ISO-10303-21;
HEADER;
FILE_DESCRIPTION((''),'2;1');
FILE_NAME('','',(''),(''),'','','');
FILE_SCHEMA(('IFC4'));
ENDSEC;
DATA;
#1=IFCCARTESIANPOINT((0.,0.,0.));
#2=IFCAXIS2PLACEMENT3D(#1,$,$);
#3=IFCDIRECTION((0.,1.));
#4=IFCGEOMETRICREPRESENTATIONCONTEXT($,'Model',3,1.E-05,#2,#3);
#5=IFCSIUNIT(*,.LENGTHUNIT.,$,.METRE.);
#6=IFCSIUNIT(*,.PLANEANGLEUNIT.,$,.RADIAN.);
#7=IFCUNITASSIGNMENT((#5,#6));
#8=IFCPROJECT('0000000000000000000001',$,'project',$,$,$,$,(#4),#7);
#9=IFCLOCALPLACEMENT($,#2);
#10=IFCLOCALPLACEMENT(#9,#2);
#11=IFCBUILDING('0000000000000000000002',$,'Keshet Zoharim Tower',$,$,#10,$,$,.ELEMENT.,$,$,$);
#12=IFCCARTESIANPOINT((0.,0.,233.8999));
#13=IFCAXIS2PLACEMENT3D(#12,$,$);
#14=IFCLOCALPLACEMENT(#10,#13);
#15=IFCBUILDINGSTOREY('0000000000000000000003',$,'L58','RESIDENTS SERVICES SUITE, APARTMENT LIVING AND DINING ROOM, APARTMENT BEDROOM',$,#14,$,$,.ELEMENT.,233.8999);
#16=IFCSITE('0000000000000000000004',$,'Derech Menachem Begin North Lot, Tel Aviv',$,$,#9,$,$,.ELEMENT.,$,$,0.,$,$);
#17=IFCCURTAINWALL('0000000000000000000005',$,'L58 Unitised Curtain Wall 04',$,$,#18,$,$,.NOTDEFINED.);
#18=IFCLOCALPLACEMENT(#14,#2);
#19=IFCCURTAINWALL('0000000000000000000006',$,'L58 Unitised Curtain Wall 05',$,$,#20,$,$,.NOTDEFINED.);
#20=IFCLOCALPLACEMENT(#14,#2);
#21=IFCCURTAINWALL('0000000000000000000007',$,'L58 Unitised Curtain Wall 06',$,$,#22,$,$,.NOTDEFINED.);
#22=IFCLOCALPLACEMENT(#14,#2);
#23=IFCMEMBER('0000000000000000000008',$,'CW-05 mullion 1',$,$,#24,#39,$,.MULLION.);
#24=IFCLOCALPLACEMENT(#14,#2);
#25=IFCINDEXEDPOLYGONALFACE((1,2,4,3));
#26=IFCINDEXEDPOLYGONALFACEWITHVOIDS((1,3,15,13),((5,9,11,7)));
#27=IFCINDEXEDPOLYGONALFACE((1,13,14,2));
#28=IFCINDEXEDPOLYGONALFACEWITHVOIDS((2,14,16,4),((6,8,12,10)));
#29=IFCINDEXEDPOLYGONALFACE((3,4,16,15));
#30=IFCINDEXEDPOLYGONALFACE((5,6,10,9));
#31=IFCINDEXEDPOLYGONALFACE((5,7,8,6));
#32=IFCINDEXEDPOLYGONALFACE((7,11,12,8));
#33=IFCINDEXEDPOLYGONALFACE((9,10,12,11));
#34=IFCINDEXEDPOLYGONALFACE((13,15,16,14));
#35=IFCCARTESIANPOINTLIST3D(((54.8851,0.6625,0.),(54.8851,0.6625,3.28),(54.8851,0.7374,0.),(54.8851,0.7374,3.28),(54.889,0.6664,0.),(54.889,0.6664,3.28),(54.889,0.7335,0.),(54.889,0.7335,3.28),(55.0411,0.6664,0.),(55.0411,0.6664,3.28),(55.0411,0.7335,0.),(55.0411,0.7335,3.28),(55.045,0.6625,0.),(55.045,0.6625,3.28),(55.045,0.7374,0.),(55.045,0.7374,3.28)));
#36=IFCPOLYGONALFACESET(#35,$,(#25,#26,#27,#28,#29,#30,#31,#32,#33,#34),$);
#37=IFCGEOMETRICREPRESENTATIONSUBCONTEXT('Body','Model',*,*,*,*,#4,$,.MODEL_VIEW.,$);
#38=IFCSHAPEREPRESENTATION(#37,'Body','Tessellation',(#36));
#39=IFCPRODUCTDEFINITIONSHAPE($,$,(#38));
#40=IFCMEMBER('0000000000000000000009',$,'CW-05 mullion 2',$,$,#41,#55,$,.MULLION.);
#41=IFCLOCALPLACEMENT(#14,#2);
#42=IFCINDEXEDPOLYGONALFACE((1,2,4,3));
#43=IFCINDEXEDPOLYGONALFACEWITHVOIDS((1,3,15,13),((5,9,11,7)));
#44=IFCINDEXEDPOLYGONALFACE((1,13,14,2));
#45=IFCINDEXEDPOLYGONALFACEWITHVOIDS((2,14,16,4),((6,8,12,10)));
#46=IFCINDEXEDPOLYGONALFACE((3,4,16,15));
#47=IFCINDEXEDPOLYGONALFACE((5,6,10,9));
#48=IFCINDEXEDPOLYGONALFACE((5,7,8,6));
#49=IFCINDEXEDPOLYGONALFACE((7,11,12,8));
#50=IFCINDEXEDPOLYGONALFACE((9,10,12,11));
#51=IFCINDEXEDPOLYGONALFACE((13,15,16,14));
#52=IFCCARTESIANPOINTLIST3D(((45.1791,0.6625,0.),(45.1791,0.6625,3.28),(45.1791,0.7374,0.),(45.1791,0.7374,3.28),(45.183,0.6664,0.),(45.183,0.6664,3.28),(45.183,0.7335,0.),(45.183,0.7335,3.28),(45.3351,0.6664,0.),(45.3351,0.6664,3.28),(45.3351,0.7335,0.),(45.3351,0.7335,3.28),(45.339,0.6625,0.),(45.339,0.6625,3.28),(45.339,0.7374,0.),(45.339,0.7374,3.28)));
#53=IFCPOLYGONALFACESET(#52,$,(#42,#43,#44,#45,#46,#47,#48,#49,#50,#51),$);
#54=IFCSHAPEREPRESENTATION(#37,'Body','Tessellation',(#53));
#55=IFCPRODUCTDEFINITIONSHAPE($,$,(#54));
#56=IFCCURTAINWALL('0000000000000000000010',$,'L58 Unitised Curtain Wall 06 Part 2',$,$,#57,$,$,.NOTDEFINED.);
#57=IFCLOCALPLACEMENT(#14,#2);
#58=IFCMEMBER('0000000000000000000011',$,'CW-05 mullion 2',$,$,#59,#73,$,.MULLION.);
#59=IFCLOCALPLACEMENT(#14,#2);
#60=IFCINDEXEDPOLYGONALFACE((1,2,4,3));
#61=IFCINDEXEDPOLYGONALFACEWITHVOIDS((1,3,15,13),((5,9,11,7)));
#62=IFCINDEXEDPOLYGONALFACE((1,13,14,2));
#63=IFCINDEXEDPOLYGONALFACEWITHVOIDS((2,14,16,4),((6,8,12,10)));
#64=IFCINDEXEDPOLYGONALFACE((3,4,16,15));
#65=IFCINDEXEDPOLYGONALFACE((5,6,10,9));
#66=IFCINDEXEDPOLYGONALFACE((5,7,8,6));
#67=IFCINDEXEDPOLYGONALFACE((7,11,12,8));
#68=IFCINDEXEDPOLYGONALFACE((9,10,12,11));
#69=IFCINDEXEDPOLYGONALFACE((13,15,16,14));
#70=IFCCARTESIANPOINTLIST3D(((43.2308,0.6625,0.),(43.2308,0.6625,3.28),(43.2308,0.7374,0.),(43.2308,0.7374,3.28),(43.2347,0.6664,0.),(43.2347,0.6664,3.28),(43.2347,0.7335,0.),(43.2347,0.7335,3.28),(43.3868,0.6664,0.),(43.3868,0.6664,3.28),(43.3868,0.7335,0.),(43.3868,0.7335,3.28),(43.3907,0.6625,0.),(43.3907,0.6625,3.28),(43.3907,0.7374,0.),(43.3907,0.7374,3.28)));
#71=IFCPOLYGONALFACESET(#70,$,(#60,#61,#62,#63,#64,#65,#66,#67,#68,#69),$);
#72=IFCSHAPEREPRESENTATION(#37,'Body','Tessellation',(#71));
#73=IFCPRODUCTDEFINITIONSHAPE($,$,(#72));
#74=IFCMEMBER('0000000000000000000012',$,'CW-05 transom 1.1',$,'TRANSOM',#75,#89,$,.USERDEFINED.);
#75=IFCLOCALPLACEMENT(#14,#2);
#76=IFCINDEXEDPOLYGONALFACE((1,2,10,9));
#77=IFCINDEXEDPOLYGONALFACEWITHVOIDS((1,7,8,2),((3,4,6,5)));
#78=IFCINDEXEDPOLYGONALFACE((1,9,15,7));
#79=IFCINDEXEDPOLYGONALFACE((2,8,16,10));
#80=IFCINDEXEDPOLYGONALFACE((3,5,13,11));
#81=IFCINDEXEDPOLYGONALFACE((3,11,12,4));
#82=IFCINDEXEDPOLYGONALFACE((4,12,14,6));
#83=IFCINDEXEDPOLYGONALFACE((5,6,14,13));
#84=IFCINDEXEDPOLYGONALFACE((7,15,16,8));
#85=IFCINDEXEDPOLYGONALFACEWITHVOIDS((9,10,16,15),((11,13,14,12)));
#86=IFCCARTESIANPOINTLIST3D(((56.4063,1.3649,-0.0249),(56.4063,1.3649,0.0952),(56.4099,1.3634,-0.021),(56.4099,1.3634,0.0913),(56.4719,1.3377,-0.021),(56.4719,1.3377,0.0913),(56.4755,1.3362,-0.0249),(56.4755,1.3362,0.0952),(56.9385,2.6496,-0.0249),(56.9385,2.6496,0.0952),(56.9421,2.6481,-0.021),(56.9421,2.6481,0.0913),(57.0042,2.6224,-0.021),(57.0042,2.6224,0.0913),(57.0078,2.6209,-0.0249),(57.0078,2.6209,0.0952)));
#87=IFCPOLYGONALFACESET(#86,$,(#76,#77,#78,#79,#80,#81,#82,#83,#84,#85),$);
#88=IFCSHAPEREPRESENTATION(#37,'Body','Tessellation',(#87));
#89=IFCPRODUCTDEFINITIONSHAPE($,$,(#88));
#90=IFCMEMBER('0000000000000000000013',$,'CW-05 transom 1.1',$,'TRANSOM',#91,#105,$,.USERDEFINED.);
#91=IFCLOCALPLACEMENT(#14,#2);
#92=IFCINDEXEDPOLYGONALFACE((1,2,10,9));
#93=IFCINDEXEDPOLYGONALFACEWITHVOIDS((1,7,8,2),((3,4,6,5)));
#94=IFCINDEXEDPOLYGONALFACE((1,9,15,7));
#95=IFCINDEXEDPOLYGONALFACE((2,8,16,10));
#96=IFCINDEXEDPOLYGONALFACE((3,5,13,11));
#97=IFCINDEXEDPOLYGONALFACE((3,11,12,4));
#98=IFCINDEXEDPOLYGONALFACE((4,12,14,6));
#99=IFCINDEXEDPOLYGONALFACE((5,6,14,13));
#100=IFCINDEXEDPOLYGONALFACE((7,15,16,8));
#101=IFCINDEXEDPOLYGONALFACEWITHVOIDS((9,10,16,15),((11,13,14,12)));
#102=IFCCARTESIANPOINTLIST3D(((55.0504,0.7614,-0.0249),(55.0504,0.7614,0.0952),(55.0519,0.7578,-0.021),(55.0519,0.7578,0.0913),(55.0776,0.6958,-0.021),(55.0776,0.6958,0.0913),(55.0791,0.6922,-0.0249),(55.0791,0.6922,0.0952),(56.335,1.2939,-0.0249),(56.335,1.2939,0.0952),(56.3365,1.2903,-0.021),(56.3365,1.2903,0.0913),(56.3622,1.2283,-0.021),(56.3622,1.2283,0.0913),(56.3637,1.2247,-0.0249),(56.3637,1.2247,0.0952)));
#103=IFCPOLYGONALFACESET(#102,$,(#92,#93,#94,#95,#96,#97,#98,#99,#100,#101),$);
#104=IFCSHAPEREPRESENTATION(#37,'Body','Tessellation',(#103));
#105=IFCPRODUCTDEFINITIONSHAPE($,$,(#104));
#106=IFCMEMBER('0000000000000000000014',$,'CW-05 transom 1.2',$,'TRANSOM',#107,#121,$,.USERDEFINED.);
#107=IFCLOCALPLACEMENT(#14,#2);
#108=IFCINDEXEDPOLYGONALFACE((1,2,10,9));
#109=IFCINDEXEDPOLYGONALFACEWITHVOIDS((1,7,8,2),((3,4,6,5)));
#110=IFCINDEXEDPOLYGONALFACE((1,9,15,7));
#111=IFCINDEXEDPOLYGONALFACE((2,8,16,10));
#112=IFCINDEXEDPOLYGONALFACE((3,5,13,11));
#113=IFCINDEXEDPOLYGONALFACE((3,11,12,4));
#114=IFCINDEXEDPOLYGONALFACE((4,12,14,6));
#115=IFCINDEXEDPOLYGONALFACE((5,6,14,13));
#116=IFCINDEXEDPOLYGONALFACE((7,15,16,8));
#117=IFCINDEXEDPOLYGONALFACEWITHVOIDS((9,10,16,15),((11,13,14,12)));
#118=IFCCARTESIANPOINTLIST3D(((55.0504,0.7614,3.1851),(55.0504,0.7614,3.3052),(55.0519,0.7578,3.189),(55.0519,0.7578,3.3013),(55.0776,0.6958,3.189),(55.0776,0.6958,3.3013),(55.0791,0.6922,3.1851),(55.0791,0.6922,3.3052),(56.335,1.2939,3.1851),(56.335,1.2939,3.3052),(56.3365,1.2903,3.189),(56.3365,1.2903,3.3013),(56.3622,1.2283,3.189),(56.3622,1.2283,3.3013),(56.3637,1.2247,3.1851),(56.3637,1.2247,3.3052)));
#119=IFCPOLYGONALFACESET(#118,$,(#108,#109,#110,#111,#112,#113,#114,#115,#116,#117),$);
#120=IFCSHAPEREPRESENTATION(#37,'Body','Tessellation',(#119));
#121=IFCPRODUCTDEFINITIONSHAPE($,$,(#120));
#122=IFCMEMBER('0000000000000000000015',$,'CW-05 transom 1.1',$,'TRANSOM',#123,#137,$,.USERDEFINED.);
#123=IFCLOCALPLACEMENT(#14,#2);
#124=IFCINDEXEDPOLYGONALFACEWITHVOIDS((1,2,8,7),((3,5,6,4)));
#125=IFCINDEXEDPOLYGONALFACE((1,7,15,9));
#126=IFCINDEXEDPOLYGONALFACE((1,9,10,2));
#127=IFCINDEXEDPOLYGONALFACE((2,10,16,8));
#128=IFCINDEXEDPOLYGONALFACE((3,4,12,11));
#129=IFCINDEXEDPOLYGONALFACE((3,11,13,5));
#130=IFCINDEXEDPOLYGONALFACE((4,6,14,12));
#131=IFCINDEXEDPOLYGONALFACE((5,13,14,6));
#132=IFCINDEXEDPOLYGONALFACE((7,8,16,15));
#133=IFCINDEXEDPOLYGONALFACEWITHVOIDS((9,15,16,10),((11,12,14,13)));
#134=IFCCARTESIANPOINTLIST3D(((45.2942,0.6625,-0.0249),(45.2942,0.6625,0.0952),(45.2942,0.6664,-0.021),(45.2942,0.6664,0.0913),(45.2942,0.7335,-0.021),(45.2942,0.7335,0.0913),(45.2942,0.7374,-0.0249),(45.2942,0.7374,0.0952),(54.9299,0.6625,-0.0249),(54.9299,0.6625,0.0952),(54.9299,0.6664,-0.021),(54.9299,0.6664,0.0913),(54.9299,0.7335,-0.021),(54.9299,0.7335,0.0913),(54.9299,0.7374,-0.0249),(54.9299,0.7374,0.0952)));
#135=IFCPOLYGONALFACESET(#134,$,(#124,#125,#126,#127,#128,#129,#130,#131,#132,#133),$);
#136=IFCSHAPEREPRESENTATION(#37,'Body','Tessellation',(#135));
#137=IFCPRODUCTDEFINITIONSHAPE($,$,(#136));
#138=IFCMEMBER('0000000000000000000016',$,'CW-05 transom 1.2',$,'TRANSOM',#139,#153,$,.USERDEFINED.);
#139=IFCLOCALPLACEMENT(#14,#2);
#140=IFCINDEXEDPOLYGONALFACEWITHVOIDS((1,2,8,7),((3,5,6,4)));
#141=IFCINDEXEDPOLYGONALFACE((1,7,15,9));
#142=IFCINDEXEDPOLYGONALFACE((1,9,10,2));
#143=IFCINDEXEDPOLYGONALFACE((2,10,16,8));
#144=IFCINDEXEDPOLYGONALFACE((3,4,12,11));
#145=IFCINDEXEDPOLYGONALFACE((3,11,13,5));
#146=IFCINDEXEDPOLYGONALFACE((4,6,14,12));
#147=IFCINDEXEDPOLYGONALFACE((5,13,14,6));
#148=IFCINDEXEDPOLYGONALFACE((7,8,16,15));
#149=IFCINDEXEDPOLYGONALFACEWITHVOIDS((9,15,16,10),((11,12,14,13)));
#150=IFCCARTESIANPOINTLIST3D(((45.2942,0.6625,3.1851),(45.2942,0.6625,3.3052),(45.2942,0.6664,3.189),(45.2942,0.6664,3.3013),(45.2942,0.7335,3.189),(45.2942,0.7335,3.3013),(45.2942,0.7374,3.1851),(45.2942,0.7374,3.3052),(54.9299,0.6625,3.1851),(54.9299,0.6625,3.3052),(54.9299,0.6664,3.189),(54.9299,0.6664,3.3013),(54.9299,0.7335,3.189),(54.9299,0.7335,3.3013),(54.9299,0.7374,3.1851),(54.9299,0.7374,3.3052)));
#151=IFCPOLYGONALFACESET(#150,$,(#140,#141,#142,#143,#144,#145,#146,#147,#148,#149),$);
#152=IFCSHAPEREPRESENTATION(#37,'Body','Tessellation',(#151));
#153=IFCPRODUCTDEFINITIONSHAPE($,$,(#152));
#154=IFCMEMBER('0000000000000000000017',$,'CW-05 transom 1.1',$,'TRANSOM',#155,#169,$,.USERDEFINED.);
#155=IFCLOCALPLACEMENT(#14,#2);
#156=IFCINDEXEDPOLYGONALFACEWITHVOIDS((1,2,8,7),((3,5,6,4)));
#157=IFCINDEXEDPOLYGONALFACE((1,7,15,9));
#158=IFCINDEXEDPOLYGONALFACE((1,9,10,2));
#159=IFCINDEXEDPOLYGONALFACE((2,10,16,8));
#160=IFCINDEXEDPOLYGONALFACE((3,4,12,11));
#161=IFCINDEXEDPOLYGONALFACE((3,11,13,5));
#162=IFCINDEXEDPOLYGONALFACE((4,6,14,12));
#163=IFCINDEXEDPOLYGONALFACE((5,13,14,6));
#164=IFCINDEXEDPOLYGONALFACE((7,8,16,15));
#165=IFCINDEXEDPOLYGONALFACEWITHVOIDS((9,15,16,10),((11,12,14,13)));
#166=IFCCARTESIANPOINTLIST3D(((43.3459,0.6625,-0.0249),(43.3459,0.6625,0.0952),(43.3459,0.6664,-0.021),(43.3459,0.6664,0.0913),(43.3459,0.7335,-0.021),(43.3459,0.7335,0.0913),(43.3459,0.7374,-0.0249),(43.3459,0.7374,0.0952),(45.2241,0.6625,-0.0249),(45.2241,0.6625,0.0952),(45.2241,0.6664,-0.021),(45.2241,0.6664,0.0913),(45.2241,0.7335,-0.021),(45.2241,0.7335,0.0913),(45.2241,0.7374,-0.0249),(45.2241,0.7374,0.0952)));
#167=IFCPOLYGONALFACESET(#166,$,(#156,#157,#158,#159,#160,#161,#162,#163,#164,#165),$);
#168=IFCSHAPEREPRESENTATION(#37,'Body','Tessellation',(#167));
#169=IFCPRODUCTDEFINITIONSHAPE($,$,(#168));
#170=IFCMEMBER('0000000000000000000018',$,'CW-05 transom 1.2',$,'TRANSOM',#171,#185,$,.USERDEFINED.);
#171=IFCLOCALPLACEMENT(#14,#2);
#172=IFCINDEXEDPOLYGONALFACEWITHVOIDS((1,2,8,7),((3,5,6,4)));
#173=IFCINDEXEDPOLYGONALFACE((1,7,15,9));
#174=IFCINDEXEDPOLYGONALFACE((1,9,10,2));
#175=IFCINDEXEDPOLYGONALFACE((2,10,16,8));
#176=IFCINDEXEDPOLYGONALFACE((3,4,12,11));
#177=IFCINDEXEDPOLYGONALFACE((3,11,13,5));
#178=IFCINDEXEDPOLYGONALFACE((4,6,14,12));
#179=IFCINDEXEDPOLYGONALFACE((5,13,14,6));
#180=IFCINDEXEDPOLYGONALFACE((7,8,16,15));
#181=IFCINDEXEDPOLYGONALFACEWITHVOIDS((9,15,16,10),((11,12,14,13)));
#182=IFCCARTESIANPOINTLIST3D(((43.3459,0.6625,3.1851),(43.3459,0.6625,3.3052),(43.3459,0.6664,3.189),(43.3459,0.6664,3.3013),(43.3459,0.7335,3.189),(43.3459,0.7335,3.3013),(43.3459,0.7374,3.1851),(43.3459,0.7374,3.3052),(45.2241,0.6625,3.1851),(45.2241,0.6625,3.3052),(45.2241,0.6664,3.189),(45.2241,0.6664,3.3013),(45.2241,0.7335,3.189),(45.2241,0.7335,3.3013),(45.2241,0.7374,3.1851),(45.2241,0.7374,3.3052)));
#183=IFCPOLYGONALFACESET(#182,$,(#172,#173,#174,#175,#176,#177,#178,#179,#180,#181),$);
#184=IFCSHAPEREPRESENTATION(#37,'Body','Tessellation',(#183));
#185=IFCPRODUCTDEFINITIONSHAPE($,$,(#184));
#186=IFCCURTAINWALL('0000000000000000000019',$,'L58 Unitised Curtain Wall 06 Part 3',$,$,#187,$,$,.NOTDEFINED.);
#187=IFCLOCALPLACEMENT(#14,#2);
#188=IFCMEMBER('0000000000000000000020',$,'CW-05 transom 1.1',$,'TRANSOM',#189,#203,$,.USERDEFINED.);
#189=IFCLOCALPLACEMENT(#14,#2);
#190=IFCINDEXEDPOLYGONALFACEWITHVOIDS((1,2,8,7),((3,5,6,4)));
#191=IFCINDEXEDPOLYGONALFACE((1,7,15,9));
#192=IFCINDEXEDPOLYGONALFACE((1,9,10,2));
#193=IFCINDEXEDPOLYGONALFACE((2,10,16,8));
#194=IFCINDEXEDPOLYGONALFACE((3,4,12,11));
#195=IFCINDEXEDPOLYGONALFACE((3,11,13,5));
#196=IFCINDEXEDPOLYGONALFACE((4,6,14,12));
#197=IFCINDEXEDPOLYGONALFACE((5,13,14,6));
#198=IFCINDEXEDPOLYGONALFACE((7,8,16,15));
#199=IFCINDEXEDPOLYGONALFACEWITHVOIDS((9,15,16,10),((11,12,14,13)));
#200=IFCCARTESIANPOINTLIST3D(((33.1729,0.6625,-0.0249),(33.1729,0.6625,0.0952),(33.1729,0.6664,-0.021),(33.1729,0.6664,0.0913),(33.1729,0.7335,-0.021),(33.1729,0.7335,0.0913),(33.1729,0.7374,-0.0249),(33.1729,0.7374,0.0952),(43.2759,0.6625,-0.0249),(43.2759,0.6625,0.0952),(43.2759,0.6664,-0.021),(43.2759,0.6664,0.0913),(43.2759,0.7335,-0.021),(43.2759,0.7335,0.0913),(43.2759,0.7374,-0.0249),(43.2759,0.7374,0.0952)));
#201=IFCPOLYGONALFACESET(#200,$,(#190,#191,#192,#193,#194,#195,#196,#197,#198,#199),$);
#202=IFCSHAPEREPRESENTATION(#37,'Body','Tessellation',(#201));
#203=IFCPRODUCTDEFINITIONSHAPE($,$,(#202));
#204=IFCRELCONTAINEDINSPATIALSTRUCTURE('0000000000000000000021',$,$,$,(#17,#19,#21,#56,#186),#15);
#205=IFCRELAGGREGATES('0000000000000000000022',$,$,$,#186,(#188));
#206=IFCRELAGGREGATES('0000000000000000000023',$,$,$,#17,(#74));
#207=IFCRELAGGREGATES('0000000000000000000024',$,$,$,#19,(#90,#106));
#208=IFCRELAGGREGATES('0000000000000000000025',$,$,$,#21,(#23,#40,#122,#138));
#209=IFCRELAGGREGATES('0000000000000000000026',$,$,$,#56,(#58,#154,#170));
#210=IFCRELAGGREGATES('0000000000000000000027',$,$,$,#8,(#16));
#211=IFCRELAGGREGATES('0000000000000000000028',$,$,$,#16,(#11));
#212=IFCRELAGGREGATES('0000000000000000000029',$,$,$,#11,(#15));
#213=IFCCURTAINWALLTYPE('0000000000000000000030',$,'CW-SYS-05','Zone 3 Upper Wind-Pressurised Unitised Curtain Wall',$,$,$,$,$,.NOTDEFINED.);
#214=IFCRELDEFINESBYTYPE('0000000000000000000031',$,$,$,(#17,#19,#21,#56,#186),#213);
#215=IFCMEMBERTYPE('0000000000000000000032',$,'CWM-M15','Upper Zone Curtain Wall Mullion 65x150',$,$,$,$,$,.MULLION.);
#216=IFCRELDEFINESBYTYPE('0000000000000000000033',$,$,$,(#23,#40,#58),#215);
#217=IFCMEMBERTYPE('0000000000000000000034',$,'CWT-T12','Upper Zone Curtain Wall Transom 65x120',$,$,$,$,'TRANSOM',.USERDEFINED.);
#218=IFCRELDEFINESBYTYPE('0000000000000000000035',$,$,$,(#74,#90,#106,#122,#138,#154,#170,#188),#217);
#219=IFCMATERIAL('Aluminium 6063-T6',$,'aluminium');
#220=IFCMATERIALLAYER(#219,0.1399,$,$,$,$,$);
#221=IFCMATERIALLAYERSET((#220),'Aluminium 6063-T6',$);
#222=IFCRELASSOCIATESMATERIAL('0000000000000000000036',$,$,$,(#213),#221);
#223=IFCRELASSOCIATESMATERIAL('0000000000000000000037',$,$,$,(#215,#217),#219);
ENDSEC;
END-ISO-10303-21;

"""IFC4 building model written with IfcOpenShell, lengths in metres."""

from ifc_helpers import new_model, si_unit, direction, frame, origin, origin_2d, place, context, subcontext, project, spatial, hollow_rectangle, extrude, material, layer, layer_set, material_profile, profile_set, type_object, element, aggregate, save


model = new_model("IFC4")

# Units and contexts
model_context = context("Model", 3, precision=1e-05, world=origin(), true_north=direction((0.0, 1.0)))
body_context = subcontext(model_context, "Body", "Model", "MODEL_VIEW")
ifc_project = project(units=[si_unit("LENGTHUNIT", "METRE"), si_unit("PLANEANGLEUNIT", "RADIAN")], contexts=[model_context])

# Site, building, storey
site_placement = place(None, origin())
site = spatial("IfcSite", under=ifc_project, at=site_placement, Name="Derech Menachem Begin North Lot, Tel Aviv", CompositionType="ELEMENT", RefElevation=0.0)
building_placement = place(site_placement, origin())
building = spatial("IfcBuilding", under=site, at=building_placement, Name="Keshet Zoharim Tower", CompositionType="ELEMENT")
storey_placement = place(building_placement, frame((0.0, 0.0, 233.8999)))
storey = spatial("IfcBuildingStorey", under=building, at=storey_placement, Name="L58", Description="RESIDENTS SERVICES SUITE, APARTMENT LIVING AND DINING ROOM, APARTMENT BEDROOM", CompositionType="ELEMENT", Elevation=233.8999)

# Curtain wall
ifc_material_1 = material(Name="Aluminium 6063-T6", Category="aluminium")
ifc_layer_1 = layer(ifc_material_1, 0.1399)
ifc_layer_set_1 = layer_set([ifc_layer_1], Name="Aluminium 6063-T6")
curtain_wall_type = type_object("IfcCurtainWallType", Name="CW-SYS-05", Description="Zone 3 Upper Wind-Pressurised Unitised Curtain Wall", PredefinedType="NOTDEFINED", material=ifc_layer_set_1)
curtain_wall_1_placement = place(storey_placement, origin())
curtain_wall_1 = element("IfcCurtainWall", 1, at=curtain_wall_1_placement, inside=storey, type_object=curtain_wall_type, Name="L58 Unitised Curtain Wall 04", PredefinedType="NOTDEFINED")
ifc_material_profile_1 = material_profile(ifc_material_1, hollow_rectangle(XDim=0.075, YDim=0.1599, WallThickness=0.0039, at=origin_2d()), Name="MUL-75x160")
ifc_profile_set_1 = profile_set([ifc_material_profile_1], Name="Aluminium 6063-T6")
member_type_1 = type_object("IfcMemberType", Name="CWM-M15", Description="Upper Zone Curtain Wall Mullion 65x150", PredefinedType="MULLION", material=ifc_profile_set_1)

# Curtain walls, members
curtain_wall_2_placement = place(storey_placement, origin())
curtain_wall_2 = element("IfcCurtainWall", 2, at=curtain_wall_2_placement, inside=storey, type_object=curtain_wall_type, Name="L58 Unitised Curtain Wall 05", PredefinedType="NOTDEFINED")
curtain_wall_3_placement = place(storey_placement, origin())
curtain_wall_3 = element("IfcCurtainWall", 3, at=curtain_wall_3_placement, inside=storey, type_object=curtain_wall_type, Name="L58 Unitised Curtain Wall 06", PredefinedType="NOTDEFINED")
member_1_placement = place(storey_placement, frame((54.9651, 0.7, 0.0), z_axis=(0.0, 0.0, 1.0), x_axis=(0.0, -1.0, 0.0)))
member_1 = element("IfcMember", 4, at=member_1_placement, type_object=member_type_1, Name="CW-05 mullion 1", PredefinedType="MULLION", context=body_context, shape_type="SweptSolid", body=[
    extrude(hollow_rectangle(XDim=0.075, YDim=0.1599, WallThickness=0.0039, at=origin_2d()), origin(), (0.0, 0.0, 1.0), 3.28),
])
member_2_placement = place(storey_placement, frame((45.259, 0.7, 0.0), z_axis=(0.0, 0.0, 1.0), x_axis=(0.0, -1.0, 0.0)))
member_2 = element("IfcMember", 5, at=member_2_placement, type_object=member_type_1, Name="CW-05 mullion 2", PredefinedType="MULLION", context=body_context, shape_type="SweptSolid", body=[
    extrude(hollow_rectangle(XDim=0.075, YDim=0.1599, WallThickness=0.0039, at=origin_2d()), origin(), (0.0, 0.0, 1.0), 3.28),
])

# Curtain wall, member
curtain_wall_4_placement = place(storey_placement, origin())
curtain_wall_4 = element("IfcCurtainWall", 6, at=curtain_wall_4_placement, inside=storey, type_object=curtain_wall_type, Name="L58 Unitised Curtain Wall 06 Part 2", PredefinedType="NOTDEFINED")
member_3_placement = place(storey_placement, frame((43.3108, 0.7, 0.0), z_axis=(0.0, 0.0, 1.0), x_axis=(0.0, -1.0, 0.0)))
member_3 = element("IfcMember", 7, at=member_3_placement, type_object=member_type_1, Name="CW-05 mullion 2", PredefinedType="MULLION", context=body_context, shape_type="SweptSolid", body=[
    extrude(hollow_rectangle(XDim=0.075, YDim=0.1599, WallThickness=0.0039, at=origin_2d()), origin(), (0.0, 0.0, 1.0), 3.28),
])

# Members
ifc_material_profile_2 = material_profile(ifc_material_1, hollow_rectangle(XDim=0.075, YDim=0.1201, WallThickness=0.0039, at=origin_2d()), Name="TRN-75x120")
ifc_profile_set_2 = profile_set([ifc_material_profile_2], Name="Aluminium 6063-T6")
member_type_2 = type_object("IfcMemberType", Name="CWT-T12", Description="Upper Zone Curtain Wall Transom 65x120", ElementType="TRANSOM", PredefinedType="USERDEFINED", material=ifc_profile_set_2)
member_4_placement = place(storey_placement, frame((56.9731, 2.6353, 0.0352), z_axis=(-0.382745, -0.923854, 0.0), x_axis=(0.923854, -0.382745, 0.0)))
member_4 = element("IfcMember", 8, at=member_4_placement, type_object=member_type_2, Name="CW-05 transom 1.1", ObjectType="TRANSOM", PredefinedType="USERDEFINED", context=body_context, shape_type="SweptSolid", body=[
    extrude(hollow_rectangle(XDim=0.075, YDim=0.1201, WallThickness=0.0039, at=origin_2d()), origin(), (0.0, 0.0, 1.0), 1.3906),
])
member_5_placement = place(storey_placement, frame((56.3494, 1.2593, 0.0352), z_axis=(-0.923792, -0.382894, 0.0), x_axis=(0.382894, -0.923792, 0.0)))
member_5 = element("IfcMember", 9, at=member_5_placement, type_object=member_type_2, Name="CW-05 transom 1.1", ObjectType="TRANSOM", PredefinedType="USERDEFINED", context=body_context, shape_type="SweptSolid", body=[
    extrude(hollow_rectangle(XDim=0.075, YDim=0.1201, WallThickness=0.0039, at=origin_2d()), origin(), (0.0, 0.0, 1.0), 1.3906),
])
member_6_placement = place(storey_placement, frame((56.3494, 1.2593, 3.2451), z_axis=(-0.923792, -0.382894, 0.0), x_axis=(0.382894, -0.923792, 0.0)))
member_6 = element("IfcMember", 10, at=member_6_placement, type_object=member_type_2, Name="CW-05 transom 1.2", ObjectType="TRANSOM", PredefinedType="USERDEFINED", context=body_context, shape_type="SweptSolid", body=[
    extrude(hollow_rectangle(XDim=0.075, YDim=0.1201, WallThickness=0.0039, at=origin_2d()), origin(), (0.0, 0.0, 1.0), 1.3906),
])
member_7_placement = place(storey_placement, frame((54.9299, 0.7, 0.0352), z_axis=(-1.0, 0.0, 0.0), x_axis=(0.0, -1.0, 0.0)))
member_7 = element("IfcMember", 11, at=member_7_placement, type_object=member_type_2, Name="CW-05 transom 1.1", ObjectType="TRANSOM", PredefinedType="USERDEFINED", context=body_context, shape_type="SweptSolid", body=[
    extrude(hollow_rectangle(XDim=0.075, YDim=0.1201, WallThickness=0.0039, at=origin_2d()), origin(), (0.0, 0.0, 1.0), 9.6357),
])
member_8_placement = place(storey_placement, frame((54.9299, 0.7, 3.2451), z_axis=(-1.0, 0.0, 0.0), x_axis=(0.0, -1.0, 0.0)))
member_8 = element("IfcMember", 12, at=member_8_placement, type_object=member_type_2, Name="CW-05 transom 1.2", ObjectType="TRANSOM", PredefinedType="USERDEFINED", context=body_context, shape_type="SweptSolid", body=[
    extrude(hollow_rectangle(XDim=0.075, YDim=0.1201, WallThickness=0.0039, at=origin_2d()), origin(), (0.0, 0.0, 1.0), 9.6357),
])
member_9_placement = place(storey_placement, frame((45.2241, 0.7, 0.0352), z_axis=(-1.0, 0.0, 0.0), x_axis=(0.0, -1.0, 0.0)))
member_9 = element("IfcMember", 13, at=member_9_placement, type_object=member_type_2, Name="CW-05 transom 1.1", ObjectType="TRANSOM", PredefinedType="USERDEFINED", context=body_context, shape_type="SweptSolid", body=[
    extrude(hollow_rectangle(XDim=0.075, YDim=0.1201, WallThickness=0.0039, at=origin_2d()), origin(), (0.0, 0.0, 1.0), 1.8782),
])
member_10_placement = place(storey_placement, frame((45.2241, 0.7, 3.2451), z_axis=(-1.0, 0.0, 0.0), x_axis=(0.0, -1.0, 0.0)))
member_10 = element("IfcMember", 14, at=member_10_placement, type_object=member_type_2, Name="CW-05 transom 1.2", ObjectType="TRANSOM", PredefinedType="USERDEFINED", context=body_context, shape_type="SweptSolid", body=[
    extrude(hollow_rectangle(XDim=0.075, YDim=0.1201, WallThickness=0.0039, at=origin_2d()), origin(), (0.0, 0.0, 1.0), 1.8782),
])

# Curtain wall, member
curtain_wall_5_placement = place(storey_placement, origin())
curtain_wall_5 = element("IfcCurtainWall", 15, at=curtain_wall_5_placement, inside=storey, type_object=curtain_wall_type, Name="L58 Unitised Curtain Wall 06 Part 3", PredefinedType="NOTDEFINED")
member_11_placement = place(storey_placement, frame((43.2759, 0.7, 0.0352), z_axis=(-1.0, 0.0, 0.0), x_axis=(0.0, -1.0, 0.0)))
member_11 = element("IfcMember", 16, at=member_11_placement, type_object=member_type_2, Name="CW-05 transom 1.1", ObjectType="TRANSOM", PredefinedType="USERDEFINED", context=body_context, shape_type="SweptSolid", body=[
    extrude(hollow_rectangle(XDim=0.075, YDim=0.1201, WallThickness=0.0039, at=origin_2d()), origin(), (0.0, 0.0, 1.0), 10.103),
])
aggregate(curtain_wall_5, [member_11])

aggregate(curtain_wall_1, [member_4])
aggregate(curtain_wall_2, [member_5, member_6])
aggregate(curtain_wall_3, [member_1, member_2, member_7, member_8])
aggregate(curtain_wall_4, [member_3, member_9, member_10])

save(model, "model.ifc")
